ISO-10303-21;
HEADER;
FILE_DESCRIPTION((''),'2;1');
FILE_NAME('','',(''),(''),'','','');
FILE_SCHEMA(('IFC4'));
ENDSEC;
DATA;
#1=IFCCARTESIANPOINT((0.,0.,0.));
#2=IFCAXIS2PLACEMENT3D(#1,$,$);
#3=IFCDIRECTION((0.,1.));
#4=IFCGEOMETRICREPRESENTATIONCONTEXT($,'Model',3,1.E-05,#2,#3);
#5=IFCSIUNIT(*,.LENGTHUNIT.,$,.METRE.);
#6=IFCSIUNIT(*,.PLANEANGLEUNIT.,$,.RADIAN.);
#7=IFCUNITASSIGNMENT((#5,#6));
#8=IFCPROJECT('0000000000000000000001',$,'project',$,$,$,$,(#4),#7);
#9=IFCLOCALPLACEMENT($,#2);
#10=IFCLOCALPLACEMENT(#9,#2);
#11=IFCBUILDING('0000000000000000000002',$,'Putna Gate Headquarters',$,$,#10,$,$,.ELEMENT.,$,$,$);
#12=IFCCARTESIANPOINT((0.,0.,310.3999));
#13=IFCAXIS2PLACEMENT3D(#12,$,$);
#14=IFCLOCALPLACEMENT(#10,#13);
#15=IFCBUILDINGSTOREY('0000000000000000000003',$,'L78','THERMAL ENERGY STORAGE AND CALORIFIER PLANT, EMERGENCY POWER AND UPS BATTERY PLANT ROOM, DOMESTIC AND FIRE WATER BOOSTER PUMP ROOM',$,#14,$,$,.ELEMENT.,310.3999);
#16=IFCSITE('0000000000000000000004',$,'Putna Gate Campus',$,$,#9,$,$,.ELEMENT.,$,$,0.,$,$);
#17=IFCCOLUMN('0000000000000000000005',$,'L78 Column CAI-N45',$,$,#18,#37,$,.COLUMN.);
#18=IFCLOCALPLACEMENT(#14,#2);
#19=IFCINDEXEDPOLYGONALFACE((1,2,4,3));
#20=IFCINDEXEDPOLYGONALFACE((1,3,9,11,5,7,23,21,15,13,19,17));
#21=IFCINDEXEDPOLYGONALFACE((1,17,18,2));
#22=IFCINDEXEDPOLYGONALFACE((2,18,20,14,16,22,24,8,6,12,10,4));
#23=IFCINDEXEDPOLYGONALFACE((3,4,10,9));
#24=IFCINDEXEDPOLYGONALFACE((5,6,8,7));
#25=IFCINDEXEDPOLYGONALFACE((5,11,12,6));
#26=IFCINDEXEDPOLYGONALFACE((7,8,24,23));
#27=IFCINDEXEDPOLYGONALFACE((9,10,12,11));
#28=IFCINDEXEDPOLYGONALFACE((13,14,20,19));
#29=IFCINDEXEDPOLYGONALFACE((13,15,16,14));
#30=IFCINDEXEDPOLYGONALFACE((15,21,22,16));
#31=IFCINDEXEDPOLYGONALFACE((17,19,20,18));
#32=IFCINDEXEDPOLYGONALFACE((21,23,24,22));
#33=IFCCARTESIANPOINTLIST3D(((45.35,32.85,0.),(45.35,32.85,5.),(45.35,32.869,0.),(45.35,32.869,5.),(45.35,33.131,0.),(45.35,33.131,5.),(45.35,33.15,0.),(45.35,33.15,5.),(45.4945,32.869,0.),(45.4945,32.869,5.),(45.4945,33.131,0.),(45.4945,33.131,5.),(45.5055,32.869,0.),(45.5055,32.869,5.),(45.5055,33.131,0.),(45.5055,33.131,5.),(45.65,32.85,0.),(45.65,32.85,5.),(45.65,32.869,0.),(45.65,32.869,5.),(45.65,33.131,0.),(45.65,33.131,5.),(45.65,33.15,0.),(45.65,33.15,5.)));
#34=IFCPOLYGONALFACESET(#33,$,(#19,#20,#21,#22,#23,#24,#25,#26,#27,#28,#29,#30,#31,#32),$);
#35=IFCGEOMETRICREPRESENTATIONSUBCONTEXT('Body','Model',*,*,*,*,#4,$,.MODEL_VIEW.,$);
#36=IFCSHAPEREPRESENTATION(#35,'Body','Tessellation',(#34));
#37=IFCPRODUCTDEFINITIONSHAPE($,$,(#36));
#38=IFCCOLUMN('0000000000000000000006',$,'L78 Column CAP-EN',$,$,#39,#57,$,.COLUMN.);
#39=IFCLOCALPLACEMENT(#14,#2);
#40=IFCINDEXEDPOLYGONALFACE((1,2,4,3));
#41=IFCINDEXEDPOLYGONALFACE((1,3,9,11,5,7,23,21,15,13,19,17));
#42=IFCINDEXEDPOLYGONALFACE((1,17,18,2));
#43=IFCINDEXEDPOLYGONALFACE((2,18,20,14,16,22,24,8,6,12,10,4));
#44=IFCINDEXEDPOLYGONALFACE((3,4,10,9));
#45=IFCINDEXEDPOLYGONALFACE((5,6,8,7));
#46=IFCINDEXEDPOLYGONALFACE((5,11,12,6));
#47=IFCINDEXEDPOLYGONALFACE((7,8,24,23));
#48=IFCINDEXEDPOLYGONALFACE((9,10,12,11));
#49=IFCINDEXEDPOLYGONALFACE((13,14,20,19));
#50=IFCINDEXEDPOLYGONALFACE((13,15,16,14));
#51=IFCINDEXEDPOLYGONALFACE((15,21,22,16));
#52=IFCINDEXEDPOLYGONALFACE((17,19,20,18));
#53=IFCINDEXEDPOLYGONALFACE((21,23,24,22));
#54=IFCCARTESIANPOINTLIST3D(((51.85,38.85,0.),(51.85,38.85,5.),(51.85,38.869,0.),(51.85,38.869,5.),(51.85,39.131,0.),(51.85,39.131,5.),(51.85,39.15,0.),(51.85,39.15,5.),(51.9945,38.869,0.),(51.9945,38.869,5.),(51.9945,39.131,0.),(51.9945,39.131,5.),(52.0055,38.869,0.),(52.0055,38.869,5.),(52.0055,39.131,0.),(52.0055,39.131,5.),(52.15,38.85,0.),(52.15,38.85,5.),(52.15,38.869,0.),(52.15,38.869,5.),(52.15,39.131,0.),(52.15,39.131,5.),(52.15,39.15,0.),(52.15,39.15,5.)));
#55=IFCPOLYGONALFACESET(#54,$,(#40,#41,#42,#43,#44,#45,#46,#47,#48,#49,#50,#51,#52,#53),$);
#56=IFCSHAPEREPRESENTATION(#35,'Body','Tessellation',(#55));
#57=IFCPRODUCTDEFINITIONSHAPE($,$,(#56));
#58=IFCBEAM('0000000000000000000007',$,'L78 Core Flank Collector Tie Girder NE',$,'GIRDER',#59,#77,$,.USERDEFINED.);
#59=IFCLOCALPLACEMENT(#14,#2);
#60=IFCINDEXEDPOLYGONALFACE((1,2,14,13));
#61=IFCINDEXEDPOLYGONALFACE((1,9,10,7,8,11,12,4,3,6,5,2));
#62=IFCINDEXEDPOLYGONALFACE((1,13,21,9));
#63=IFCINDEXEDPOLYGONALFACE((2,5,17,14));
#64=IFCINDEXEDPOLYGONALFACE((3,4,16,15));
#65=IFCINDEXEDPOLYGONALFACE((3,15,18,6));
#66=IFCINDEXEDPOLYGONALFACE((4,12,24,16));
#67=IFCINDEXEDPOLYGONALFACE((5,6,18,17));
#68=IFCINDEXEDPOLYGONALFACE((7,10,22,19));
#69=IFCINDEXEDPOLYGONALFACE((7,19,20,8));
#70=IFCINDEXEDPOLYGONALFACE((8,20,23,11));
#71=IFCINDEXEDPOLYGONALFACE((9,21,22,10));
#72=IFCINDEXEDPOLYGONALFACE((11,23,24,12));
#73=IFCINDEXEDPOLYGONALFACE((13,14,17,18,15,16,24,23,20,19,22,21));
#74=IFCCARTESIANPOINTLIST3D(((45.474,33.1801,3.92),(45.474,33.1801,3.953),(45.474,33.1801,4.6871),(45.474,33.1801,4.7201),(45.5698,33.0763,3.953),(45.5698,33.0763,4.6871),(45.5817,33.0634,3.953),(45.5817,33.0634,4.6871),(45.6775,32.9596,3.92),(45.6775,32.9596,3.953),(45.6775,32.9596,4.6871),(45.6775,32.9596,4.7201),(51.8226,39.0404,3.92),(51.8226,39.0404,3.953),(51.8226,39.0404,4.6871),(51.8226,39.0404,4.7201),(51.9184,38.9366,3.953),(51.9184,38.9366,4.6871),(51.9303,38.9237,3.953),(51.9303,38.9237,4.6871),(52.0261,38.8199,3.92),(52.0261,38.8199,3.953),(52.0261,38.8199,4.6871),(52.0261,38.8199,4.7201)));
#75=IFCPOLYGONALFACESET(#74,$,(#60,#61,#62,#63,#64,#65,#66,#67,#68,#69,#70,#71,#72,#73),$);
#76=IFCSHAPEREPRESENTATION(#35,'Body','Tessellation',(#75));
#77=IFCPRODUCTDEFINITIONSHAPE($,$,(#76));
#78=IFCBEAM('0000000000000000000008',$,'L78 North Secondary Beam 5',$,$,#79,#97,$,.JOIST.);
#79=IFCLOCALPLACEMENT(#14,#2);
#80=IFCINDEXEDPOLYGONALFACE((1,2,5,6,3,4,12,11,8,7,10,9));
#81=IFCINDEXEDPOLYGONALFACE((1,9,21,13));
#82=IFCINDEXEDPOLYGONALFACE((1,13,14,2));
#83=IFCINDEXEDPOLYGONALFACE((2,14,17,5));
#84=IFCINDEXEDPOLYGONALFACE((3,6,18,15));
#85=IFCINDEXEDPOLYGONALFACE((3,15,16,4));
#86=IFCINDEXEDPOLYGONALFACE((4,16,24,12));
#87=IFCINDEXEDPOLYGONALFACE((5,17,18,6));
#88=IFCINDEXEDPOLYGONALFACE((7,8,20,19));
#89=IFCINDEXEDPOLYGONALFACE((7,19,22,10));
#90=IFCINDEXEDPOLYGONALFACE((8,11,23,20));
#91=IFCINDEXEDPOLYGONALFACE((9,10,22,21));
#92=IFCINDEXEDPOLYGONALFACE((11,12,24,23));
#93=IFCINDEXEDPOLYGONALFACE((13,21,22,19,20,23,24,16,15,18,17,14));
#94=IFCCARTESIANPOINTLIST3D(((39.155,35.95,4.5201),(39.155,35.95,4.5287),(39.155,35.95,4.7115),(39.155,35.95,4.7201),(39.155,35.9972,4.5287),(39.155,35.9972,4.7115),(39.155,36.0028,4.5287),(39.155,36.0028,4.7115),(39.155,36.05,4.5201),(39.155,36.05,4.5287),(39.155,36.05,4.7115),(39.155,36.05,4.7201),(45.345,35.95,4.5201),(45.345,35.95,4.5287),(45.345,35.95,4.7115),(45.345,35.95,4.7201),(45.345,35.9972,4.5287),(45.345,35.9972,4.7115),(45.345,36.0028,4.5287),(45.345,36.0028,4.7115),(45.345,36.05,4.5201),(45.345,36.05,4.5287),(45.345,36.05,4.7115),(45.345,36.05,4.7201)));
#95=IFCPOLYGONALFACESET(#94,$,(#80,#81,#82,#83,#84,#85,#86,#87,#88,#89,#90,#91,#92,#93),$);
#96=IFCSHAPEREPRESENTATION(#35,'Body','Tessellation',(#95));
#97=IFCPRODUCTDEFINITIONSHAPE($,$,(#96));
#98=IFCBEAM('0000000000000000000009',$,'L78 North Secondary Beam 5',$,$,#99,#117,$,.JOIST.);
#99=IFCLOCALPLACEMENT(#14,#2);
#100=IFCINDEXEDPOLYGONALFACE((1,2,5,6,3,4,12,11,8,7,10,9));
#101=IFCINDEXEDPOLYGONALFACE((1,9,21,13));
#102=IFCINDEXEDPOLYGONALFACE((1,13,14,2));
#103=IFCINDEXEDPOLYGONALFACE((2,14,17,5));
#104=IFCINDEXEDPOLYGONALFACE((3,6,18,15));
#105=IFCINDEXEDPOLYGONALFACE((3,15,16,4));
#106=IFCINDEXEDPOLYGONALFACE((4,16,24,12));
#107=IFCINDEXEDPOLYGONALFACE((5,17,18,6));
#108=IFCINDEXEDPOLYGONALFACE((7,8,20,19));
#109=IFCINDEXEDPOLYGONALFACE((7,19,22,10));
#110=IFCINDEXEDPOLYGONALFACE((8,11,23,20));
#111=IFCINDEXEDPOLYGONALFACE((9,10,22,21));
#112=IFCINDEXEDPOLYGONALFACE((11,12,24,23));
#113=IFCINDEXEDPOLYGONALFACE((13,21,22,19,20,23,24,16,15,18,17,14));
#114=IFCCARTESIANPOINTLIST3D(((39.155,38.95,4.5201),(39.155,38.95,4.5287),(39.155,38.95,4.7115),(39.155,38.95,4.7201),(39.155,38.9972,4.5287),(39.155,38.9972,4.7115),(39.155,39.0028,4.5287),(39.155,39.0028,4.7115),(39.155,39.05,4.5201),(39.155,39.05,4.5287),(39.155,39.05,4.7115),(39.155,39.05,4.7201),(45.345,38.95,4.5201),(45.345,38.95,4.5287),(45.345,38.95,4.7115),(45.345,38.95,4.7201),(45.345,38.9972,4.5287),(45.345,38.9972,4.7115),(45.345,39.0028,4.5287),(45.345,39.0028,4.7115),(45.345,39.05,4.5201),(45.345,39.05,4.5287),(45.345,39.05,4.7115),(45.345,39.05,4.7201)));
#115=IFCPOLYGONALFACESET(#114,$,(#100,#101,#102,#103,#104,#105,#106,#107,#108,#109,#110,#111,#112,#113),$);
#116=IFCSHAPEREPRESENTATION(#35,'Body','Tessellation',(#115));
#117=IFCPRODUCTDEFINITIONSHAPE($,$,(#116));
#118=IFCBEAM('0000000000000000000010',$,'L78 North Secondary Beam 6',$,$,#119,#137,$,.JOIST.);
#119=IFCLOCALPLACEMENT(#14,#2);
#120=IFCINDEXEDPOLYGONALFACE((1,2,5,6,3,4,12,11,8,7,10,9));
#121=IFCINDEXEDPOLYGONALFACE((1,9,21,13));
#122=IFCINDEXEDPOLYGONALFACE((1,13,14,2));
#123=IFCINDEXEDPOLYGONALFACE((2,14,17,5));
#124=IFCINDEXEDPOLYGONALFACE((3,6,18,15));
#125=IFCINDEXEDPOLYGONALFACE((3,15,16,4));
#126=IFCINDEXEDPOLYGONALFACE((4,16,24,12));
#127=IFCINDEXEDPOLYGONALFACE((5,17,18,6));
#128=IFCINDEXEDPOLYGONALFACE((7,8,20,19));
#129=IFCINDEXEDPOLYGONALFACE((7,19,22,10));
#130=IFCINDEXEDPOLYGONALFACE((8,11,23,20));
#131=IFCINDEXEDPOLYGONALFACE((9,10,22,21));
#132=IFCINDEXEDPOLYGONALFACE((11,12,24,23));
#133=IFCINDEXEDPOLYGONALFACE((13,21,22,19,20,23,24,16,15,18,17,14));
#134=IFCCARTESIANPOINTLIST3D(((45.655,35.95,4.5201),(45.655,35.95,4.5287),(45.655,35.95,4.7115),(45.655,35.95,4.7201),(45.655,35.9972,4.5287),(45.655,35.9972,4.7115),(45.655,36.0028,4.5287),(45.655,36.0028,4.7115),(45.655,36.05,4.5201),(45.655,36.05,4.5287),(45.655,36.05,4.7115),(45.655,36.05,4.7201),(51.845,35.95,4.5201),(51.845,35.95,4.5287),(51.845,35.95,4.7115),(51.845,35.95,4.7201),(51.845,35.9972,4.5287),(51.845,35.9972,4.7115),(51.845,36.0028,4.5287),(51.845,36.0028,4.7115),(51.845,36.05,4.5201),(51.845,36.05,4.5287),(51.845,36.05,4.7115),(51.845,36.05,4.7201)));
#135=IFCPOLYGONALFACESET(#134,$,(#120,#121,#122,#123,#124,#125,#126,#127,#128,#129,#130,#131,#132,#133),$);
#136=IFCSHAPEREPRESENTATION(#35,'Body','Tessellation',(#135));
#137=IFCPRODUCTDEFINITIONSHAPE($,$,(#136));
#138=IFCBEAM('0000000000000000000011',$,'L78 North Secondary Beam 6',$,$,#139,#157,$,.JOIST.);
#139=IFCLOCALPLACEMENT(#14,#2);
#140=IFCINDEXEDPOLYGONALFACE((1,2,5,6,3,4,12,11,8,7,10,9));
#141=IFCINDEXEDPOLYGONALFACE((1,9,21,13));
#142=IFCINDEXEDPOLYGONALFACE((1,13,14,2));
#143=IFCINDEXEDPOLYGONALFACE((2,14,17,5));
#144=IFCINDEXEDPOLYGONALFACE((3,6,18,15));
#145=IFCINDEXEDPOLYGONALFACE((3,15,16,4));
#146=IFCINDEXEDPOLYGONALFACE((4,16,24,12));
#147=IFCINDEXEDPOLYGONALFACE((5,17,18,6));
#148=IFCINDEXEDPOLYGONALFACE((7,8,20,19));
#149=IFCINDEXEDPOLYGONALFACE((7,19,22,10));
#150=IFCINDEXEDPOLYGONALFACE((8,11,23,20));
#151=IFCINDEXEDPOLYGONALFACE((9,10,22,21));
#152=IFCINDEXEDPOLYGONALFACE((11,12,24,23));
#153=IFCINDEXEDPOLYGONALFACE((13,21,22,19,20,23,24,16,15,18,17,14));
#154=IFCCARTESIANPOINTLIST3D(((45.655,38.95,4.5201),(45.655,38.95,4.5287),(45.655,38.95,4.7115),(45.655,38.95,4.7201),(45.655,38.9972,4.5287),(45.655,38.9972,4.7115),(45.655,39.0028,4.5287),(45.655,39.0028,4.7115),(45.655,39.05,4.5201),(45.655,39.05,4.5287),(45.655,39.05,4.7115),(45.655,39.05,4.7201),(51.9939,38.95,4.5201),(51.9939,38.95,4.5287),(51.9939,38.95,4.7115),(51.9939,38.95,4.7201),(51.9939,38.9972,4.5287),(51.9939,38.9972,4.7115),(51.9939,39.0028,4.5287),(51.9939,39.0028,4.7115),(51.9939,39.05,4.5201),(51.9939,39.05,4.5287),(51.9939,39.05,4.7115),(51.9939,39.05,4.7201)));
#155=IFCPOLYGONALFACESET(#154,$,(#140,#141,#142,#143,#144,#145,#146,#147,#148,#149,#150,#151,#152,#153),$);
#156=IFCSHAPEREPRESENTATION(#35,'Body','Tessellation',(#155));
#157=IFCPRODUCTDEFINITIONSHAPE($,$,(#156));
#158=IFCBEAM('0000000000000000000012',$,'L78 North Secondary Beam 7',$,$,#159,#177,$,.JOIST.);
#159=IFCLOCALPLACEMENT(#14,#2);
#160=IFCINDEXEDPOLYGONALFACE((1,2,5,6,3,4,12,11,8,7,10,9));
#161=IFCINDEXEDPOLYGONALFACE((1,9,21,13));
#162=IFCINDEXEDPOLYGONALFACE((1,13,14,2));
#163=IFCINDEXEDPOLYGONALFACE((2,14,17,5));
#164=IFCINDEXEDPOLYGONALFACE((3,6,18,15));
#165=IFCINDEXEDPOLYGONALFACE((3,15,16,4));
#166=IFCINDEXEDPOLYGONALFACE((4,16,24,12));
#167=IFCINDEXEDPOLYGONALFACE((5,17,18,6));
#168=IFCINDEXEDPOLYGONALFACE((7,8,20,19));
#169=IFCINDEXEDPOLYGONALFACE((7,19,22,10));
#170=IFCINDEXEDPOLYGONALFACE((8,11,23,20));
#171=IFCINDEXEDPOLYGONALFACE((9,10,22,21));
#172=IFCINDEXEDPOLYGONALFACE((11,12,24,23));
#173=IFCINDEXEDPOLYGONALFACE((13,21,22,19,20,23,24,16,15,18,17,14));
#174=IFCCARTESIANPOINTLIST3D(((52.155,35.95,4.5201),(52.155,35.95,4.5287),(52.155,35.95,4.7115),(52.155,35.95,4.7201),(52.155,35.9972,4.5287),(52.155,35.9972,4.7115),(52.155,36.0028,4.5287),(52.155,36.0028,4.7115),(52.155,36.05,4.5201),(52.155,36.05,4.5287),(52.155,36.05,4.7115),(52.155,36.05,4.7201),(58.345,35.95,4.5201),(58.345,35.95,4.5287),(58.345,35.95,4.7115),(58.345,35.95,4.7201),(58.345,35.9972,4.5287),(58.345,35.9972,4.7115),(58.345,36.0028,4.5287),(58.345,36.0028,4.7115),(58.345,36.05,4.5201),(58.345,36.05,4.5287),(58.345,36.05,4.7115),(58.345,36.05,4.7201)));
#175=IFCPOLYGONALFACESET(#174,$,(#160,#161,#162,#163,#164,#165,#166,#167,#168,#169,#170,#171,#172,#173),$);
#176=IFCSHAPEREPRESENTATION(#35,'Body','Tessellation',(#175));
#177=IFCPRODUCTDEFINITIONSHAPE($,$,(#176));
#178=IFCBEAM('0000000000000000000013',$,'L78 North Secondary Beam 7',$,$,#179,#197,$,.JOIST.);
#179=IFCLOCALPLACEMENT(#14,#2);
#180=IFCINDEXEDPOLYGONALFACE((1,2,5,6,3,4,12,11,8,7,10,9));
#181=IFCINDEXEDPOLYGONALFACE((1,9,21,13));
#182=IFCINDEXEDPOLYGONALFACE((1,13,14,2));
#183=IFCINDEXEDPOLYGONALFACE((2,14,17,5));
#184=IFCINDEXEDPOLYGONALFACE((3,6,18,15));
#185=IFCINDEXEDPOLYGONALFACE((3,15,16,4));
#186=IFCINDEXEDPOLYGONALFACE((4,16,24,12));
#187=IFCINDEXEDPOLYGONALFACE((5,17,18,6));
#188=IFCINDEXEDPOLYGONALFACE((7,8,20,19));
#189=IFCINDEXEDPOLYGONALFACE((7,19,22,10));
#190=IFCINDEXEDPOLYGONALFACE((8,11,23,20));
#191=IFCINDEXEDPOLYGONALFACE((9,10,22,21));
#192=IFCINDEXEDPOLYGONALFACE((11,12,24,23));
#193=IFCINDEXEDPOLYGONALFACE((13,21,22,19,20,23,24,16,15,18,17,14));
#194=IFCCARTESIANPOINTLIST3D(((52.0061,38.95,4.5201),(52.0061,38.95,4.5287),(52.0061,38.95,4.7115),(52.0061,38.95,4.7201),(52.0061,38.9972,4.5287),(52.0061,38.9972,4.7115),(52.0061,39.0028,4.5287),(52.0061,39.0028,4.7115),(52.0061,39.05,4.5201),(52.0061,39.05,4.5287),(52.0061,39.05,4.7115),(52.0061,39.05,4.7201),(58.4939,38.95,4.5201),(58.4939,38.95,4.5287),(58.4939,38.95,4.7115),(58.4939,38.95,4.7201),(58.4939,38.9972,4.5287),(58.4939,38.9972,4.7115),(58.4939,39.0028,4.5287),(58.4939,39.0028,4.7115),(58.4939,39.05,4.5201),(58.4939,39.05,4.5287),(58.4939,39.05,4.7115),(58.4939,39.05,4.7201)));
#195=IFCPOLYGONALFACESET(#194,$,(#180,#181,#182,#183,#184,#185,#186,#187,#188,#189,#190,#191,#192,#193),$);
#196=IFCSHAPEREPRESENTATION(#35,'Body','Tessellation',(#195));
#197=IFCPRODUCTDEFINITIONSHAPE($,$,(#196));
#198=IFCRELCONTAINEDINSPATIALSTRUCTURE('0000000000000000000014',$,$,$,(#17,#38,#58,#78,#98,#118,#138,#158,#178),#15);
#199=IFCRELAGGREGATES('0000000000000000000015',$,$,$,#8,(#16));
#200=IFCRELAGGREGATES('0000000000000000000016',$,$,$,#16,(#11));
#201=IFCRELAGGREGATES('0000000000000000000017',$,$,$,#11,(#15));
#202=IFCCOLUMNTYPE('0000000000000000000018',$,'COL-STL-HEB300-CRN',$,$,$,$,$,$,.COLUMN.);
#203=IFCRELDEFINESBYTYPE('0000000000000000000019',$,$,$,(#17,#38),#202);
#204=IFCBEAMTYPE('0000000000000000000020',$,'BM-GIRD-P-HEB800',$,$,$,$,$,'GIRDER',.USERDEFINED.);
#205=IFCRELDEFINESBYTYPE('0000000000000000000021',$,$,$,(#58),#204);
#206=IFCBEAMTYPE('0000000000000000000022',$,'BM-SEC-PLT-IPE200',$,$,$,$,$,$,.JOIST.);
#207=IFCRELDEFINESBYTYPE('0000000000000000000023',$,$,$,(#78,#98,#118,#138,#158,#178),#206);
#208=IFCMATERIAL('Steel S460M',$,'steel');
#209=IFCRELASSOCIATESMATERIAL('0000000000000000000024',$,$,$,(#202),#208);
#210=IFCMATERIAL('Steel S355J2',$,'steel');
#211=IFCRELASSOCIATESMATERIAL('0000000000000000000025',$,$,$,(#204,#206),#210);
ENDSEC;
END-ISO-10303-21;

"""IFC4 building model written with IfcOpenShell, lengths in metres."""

from ifc_helpers import new_model, si_unit, direction, frame, origin, origin_2d, place, context, subcontext, project, spatial, i_section, extrude, material, material_profile, profile_set, type_object, element, save


model = new_model("IFC4")

# Units and contexts
model_context = context("Model", 3, precision=1e-05, world=origin(), true_north=direction((0.0, 1.0)))
body_context = subcontext(model_context, "Body", "Model", "MODEL_VIEW")
ifc_project = project(units=[si_unit("LENGTHUNIT", "METRE"), si_unit("PLANEANGLEUNIT", "RADIAN")], contexts=[model_context])

# Site, building, storey
site_placement = place(None, origin())
site = spatial("IfcSite", under=ifc_project, at=site_placement, Name="Putna Gate Campus", CompositionType="ELEMENT", RefElevation=0.0)
building_placement = place(site_placement, origin())
building = spatial("IfcBuilding", under=site, at=building_placement, Name="Putna Gate Headquarters", CompositionType="ELEMENT")
storey_placement = place(building_placement, frame((0.0, 0.0, 310.3999)))
storey = spatial("IfcBuildingStorey", under=building, at=storey_placement, Name="L78", Description="THERMAL ENERGY STORAGE AND CALORIFIER PLANT, EMERGENCY POWER AND UPS BATTERY PLANT ROOM, DOMESTIC AND FIRE WATER BOOSTER PUMP ROOM", CompositionType="ELEMENT", Elevation=310.3999)

# Columns
ifc_material_1 = material(Name="Steel S460M", Category="steel")
ifc_material_profile_1 = material_profile(ifc_material_1, i_section(OverallWidth=0.3, OverallDepth=0.3, WebThickness=0.011, FlangeThickness=0.019, at=origin_2d()), Name="Steel S460M")
ifc_profile_set_1 = profile_set([ifc_material_profile_1], Name="Steel S460M")
column_type = type_object("IfcColumnType", Name="COL-STL-HEB300-CRN", PredefinedType="COLUMN", material=ifc_profile_set_1)
for number, where, z_axis, x_axis, name in (
    (1, (45.5, 33.0, 0.0), (0.0, 0.0, 1.0), (1.0, 0.0, 0.0), "L78 Column CAI-N45"),
    (2, (52.0, 39.0, 0.0), (0.0, 0.0, 1.0), (1.0, 0.0, 0.0), "L78 Column CAP-EN"),
):
    element("IfcColumn", number, at=place(storey_placement, frame(where, z_axis=z_axis, x_axis=x_axis)), inside=storey, type_object=column_type, Name=name, PredefinedType="COLUMN", context=body_context, shape_type="SweptSolid", body=[
        extrude(i_section(OverallWidth=0.3, OverallDepth=0.3, WebThickness=0.011, FlangeThickness=0.019, at=origin_2d()), origin(), (0.0, 0.0, 1.0), 5.0),
    ])

# Beams
ifc_material_2 = material(Name="Steel S355J2", Category="steel")
ifc_material_profile_2 = material_profile(ifc_material_2, i_section(OverallWidth=0.3, OverallDepth=0.8, WebThickness=0.0176, FlangeThickness=0.033, at=origin_2d()), Name="Steel S355J2")
ifc_profile_set_2 = profile_set([ifc_material_profile_2], Name="Steel S355J2")
beam_type_1 = type_object("IfcBeamType", Name="BM-GIRD-P-HEB800", ElementType="GIRDER", PredefinedType="USERDEFINED", material=ifc_profile_set_2)
beam_1_placement = place(storey_placement, frame((51.9243, 38.9302, 4.3201), z_axis=(-0.734799, -0.678285, 0.0), x_axis=(0.678285, -0.734799, 0.0)))
element("IfcBeam", 3, at=beam_1_placement, inside=storey, type_object=beam_type_1, Name="L78 Core Flank Collector Tie Girder NE", ObjectType="GIRDER", PredefinedType="USERDEFINED", context=body_context, shape_type="SweptSolid", body=[
    extrude(i_section(OverallWidth=0.3, OverallDepth=0.8, WebThickness=0.0176, FlangeThickness=0.033, at=origin_2d()), origin(), (0.0, 0.0, 1.0), 8.6399),
])
ifc_material_profile_3 = material_profile(ifc_material_2, i_section(OverallWidth=0.1001, OverallDepth=0.2, WebThickness=0.0056, FlangeThickness=0.0085, at=origin_2d()), Name="Steel S355J2")
ifc_profile_set_3 = profile_set([ifc_material_profile_3], Name="Steel S355J2")
beam_type_2 = type_object("IfcBeamType", Name="BM-SEC-PLT-IPE200", PredefinedType="JOIST", material=ifc_profile_set_3)
for number, where, z_axis, x_axis, name in (
    (4, (39.155, 36.0, 4.6201), (1.0, 0.0, 0.0), (0.0, 1.0, 0.0), "L78 North Secondary Beam 5"),
    (5, (39.155, 39.0, 4.6201), (1.0, 0.0, 0.0), (0.0, 1.0, 0.0), "L78 North Secondary Beam 5"),
    (6, (45.655, 36.0, 4.6201), (1.0, 0.0, 0.0), (0.0, 1.0, 0.0), "L78 North Secondary Beam 6"),
):
    element("IfcBeam", number, at=place(storey_placement, frame(where, z_axis=z_axis, x_axis=x_axis)), inside=storey, type_object=beam_type_2, Name=name, PredefinedType="JOIST", context=body_context, shape_type="SweptSolid", body=[
        extrude(i_section(OverallWidth=0.1001, OverallDepth=0.2, WebThickness=0.0056, FlangeThickness=0.0085, at=origin_2d()), origin(), (0.0, 0.0, 1.0), 6.1899),
    ])
beam_2_placement = place(storey_placement, frame((45.655, 39.0, 4.6201), z_axis=(1.0, 0.0, 0.0), x_axis=(0.0, 1.0, 0.0)))
element("IfcBeam", 7, at=beam_2_placement, inside=storey, type_object=beam_type_2, Name="L78 North Secondary Beam 6", PredefinedType="JOIST", context=body_context, shape_type="SweptSolid", body=[
    extrude(i_section(OverallWidth=0.1001, OverallDepth=0.2, WebThickness=0.0056, FlangeThickness=0.0085, at=origin_2d()), origin(), (0.0, 0.0, 1.0), 6.3389),
])
beam_3_placement = place(storey_placement, frame((52.155, 36.0, 4.6201), z_axis=(1.0, 0.0, 0.0), x_axis=(0.0, 1.0, 0.0)))
element("IfcBeam", 8, at=beam_3_placement, inside=storey, type_object=beam_type_2, Name="L78 North Secondary Beam 7", PredefinedType="JOIST", context=body_context, shape_type="SweptSolid", body=[
    extrude(i_section(OverallWidth=0.1001, OverallDepth=0.2, WebThickness=0.0056, FlangeThickness=0.0085, at=origin_2d()), origin(), (0.0, 0.0, 1.0), 6.1899),
])
beam_4_placement = place(storey_placement, frame((52.0061, 39.0, 4.6201), z_axis=(1.0, 0.0, 0.0), x_axis=(0.0, 1.0, 0.0)))
element("IfcBeam", 9, at=beam_4_placement, inside=storey, type_object=beam_type_2, Name="L78 North Secondary Beam 7", PredefinedType="JOIST", context=body_context, shape_type="SweptSolid", body=[
    extrude(i_section(OverallWidth=0.1001, OverallDepth=0.2, WebThickness=0.0056, FlangeThickness=0.0085, at=origin_2d()), origin(), (0.0, 0.0, 1.0), 6.4878),
])

save(model, "model.ifc")
